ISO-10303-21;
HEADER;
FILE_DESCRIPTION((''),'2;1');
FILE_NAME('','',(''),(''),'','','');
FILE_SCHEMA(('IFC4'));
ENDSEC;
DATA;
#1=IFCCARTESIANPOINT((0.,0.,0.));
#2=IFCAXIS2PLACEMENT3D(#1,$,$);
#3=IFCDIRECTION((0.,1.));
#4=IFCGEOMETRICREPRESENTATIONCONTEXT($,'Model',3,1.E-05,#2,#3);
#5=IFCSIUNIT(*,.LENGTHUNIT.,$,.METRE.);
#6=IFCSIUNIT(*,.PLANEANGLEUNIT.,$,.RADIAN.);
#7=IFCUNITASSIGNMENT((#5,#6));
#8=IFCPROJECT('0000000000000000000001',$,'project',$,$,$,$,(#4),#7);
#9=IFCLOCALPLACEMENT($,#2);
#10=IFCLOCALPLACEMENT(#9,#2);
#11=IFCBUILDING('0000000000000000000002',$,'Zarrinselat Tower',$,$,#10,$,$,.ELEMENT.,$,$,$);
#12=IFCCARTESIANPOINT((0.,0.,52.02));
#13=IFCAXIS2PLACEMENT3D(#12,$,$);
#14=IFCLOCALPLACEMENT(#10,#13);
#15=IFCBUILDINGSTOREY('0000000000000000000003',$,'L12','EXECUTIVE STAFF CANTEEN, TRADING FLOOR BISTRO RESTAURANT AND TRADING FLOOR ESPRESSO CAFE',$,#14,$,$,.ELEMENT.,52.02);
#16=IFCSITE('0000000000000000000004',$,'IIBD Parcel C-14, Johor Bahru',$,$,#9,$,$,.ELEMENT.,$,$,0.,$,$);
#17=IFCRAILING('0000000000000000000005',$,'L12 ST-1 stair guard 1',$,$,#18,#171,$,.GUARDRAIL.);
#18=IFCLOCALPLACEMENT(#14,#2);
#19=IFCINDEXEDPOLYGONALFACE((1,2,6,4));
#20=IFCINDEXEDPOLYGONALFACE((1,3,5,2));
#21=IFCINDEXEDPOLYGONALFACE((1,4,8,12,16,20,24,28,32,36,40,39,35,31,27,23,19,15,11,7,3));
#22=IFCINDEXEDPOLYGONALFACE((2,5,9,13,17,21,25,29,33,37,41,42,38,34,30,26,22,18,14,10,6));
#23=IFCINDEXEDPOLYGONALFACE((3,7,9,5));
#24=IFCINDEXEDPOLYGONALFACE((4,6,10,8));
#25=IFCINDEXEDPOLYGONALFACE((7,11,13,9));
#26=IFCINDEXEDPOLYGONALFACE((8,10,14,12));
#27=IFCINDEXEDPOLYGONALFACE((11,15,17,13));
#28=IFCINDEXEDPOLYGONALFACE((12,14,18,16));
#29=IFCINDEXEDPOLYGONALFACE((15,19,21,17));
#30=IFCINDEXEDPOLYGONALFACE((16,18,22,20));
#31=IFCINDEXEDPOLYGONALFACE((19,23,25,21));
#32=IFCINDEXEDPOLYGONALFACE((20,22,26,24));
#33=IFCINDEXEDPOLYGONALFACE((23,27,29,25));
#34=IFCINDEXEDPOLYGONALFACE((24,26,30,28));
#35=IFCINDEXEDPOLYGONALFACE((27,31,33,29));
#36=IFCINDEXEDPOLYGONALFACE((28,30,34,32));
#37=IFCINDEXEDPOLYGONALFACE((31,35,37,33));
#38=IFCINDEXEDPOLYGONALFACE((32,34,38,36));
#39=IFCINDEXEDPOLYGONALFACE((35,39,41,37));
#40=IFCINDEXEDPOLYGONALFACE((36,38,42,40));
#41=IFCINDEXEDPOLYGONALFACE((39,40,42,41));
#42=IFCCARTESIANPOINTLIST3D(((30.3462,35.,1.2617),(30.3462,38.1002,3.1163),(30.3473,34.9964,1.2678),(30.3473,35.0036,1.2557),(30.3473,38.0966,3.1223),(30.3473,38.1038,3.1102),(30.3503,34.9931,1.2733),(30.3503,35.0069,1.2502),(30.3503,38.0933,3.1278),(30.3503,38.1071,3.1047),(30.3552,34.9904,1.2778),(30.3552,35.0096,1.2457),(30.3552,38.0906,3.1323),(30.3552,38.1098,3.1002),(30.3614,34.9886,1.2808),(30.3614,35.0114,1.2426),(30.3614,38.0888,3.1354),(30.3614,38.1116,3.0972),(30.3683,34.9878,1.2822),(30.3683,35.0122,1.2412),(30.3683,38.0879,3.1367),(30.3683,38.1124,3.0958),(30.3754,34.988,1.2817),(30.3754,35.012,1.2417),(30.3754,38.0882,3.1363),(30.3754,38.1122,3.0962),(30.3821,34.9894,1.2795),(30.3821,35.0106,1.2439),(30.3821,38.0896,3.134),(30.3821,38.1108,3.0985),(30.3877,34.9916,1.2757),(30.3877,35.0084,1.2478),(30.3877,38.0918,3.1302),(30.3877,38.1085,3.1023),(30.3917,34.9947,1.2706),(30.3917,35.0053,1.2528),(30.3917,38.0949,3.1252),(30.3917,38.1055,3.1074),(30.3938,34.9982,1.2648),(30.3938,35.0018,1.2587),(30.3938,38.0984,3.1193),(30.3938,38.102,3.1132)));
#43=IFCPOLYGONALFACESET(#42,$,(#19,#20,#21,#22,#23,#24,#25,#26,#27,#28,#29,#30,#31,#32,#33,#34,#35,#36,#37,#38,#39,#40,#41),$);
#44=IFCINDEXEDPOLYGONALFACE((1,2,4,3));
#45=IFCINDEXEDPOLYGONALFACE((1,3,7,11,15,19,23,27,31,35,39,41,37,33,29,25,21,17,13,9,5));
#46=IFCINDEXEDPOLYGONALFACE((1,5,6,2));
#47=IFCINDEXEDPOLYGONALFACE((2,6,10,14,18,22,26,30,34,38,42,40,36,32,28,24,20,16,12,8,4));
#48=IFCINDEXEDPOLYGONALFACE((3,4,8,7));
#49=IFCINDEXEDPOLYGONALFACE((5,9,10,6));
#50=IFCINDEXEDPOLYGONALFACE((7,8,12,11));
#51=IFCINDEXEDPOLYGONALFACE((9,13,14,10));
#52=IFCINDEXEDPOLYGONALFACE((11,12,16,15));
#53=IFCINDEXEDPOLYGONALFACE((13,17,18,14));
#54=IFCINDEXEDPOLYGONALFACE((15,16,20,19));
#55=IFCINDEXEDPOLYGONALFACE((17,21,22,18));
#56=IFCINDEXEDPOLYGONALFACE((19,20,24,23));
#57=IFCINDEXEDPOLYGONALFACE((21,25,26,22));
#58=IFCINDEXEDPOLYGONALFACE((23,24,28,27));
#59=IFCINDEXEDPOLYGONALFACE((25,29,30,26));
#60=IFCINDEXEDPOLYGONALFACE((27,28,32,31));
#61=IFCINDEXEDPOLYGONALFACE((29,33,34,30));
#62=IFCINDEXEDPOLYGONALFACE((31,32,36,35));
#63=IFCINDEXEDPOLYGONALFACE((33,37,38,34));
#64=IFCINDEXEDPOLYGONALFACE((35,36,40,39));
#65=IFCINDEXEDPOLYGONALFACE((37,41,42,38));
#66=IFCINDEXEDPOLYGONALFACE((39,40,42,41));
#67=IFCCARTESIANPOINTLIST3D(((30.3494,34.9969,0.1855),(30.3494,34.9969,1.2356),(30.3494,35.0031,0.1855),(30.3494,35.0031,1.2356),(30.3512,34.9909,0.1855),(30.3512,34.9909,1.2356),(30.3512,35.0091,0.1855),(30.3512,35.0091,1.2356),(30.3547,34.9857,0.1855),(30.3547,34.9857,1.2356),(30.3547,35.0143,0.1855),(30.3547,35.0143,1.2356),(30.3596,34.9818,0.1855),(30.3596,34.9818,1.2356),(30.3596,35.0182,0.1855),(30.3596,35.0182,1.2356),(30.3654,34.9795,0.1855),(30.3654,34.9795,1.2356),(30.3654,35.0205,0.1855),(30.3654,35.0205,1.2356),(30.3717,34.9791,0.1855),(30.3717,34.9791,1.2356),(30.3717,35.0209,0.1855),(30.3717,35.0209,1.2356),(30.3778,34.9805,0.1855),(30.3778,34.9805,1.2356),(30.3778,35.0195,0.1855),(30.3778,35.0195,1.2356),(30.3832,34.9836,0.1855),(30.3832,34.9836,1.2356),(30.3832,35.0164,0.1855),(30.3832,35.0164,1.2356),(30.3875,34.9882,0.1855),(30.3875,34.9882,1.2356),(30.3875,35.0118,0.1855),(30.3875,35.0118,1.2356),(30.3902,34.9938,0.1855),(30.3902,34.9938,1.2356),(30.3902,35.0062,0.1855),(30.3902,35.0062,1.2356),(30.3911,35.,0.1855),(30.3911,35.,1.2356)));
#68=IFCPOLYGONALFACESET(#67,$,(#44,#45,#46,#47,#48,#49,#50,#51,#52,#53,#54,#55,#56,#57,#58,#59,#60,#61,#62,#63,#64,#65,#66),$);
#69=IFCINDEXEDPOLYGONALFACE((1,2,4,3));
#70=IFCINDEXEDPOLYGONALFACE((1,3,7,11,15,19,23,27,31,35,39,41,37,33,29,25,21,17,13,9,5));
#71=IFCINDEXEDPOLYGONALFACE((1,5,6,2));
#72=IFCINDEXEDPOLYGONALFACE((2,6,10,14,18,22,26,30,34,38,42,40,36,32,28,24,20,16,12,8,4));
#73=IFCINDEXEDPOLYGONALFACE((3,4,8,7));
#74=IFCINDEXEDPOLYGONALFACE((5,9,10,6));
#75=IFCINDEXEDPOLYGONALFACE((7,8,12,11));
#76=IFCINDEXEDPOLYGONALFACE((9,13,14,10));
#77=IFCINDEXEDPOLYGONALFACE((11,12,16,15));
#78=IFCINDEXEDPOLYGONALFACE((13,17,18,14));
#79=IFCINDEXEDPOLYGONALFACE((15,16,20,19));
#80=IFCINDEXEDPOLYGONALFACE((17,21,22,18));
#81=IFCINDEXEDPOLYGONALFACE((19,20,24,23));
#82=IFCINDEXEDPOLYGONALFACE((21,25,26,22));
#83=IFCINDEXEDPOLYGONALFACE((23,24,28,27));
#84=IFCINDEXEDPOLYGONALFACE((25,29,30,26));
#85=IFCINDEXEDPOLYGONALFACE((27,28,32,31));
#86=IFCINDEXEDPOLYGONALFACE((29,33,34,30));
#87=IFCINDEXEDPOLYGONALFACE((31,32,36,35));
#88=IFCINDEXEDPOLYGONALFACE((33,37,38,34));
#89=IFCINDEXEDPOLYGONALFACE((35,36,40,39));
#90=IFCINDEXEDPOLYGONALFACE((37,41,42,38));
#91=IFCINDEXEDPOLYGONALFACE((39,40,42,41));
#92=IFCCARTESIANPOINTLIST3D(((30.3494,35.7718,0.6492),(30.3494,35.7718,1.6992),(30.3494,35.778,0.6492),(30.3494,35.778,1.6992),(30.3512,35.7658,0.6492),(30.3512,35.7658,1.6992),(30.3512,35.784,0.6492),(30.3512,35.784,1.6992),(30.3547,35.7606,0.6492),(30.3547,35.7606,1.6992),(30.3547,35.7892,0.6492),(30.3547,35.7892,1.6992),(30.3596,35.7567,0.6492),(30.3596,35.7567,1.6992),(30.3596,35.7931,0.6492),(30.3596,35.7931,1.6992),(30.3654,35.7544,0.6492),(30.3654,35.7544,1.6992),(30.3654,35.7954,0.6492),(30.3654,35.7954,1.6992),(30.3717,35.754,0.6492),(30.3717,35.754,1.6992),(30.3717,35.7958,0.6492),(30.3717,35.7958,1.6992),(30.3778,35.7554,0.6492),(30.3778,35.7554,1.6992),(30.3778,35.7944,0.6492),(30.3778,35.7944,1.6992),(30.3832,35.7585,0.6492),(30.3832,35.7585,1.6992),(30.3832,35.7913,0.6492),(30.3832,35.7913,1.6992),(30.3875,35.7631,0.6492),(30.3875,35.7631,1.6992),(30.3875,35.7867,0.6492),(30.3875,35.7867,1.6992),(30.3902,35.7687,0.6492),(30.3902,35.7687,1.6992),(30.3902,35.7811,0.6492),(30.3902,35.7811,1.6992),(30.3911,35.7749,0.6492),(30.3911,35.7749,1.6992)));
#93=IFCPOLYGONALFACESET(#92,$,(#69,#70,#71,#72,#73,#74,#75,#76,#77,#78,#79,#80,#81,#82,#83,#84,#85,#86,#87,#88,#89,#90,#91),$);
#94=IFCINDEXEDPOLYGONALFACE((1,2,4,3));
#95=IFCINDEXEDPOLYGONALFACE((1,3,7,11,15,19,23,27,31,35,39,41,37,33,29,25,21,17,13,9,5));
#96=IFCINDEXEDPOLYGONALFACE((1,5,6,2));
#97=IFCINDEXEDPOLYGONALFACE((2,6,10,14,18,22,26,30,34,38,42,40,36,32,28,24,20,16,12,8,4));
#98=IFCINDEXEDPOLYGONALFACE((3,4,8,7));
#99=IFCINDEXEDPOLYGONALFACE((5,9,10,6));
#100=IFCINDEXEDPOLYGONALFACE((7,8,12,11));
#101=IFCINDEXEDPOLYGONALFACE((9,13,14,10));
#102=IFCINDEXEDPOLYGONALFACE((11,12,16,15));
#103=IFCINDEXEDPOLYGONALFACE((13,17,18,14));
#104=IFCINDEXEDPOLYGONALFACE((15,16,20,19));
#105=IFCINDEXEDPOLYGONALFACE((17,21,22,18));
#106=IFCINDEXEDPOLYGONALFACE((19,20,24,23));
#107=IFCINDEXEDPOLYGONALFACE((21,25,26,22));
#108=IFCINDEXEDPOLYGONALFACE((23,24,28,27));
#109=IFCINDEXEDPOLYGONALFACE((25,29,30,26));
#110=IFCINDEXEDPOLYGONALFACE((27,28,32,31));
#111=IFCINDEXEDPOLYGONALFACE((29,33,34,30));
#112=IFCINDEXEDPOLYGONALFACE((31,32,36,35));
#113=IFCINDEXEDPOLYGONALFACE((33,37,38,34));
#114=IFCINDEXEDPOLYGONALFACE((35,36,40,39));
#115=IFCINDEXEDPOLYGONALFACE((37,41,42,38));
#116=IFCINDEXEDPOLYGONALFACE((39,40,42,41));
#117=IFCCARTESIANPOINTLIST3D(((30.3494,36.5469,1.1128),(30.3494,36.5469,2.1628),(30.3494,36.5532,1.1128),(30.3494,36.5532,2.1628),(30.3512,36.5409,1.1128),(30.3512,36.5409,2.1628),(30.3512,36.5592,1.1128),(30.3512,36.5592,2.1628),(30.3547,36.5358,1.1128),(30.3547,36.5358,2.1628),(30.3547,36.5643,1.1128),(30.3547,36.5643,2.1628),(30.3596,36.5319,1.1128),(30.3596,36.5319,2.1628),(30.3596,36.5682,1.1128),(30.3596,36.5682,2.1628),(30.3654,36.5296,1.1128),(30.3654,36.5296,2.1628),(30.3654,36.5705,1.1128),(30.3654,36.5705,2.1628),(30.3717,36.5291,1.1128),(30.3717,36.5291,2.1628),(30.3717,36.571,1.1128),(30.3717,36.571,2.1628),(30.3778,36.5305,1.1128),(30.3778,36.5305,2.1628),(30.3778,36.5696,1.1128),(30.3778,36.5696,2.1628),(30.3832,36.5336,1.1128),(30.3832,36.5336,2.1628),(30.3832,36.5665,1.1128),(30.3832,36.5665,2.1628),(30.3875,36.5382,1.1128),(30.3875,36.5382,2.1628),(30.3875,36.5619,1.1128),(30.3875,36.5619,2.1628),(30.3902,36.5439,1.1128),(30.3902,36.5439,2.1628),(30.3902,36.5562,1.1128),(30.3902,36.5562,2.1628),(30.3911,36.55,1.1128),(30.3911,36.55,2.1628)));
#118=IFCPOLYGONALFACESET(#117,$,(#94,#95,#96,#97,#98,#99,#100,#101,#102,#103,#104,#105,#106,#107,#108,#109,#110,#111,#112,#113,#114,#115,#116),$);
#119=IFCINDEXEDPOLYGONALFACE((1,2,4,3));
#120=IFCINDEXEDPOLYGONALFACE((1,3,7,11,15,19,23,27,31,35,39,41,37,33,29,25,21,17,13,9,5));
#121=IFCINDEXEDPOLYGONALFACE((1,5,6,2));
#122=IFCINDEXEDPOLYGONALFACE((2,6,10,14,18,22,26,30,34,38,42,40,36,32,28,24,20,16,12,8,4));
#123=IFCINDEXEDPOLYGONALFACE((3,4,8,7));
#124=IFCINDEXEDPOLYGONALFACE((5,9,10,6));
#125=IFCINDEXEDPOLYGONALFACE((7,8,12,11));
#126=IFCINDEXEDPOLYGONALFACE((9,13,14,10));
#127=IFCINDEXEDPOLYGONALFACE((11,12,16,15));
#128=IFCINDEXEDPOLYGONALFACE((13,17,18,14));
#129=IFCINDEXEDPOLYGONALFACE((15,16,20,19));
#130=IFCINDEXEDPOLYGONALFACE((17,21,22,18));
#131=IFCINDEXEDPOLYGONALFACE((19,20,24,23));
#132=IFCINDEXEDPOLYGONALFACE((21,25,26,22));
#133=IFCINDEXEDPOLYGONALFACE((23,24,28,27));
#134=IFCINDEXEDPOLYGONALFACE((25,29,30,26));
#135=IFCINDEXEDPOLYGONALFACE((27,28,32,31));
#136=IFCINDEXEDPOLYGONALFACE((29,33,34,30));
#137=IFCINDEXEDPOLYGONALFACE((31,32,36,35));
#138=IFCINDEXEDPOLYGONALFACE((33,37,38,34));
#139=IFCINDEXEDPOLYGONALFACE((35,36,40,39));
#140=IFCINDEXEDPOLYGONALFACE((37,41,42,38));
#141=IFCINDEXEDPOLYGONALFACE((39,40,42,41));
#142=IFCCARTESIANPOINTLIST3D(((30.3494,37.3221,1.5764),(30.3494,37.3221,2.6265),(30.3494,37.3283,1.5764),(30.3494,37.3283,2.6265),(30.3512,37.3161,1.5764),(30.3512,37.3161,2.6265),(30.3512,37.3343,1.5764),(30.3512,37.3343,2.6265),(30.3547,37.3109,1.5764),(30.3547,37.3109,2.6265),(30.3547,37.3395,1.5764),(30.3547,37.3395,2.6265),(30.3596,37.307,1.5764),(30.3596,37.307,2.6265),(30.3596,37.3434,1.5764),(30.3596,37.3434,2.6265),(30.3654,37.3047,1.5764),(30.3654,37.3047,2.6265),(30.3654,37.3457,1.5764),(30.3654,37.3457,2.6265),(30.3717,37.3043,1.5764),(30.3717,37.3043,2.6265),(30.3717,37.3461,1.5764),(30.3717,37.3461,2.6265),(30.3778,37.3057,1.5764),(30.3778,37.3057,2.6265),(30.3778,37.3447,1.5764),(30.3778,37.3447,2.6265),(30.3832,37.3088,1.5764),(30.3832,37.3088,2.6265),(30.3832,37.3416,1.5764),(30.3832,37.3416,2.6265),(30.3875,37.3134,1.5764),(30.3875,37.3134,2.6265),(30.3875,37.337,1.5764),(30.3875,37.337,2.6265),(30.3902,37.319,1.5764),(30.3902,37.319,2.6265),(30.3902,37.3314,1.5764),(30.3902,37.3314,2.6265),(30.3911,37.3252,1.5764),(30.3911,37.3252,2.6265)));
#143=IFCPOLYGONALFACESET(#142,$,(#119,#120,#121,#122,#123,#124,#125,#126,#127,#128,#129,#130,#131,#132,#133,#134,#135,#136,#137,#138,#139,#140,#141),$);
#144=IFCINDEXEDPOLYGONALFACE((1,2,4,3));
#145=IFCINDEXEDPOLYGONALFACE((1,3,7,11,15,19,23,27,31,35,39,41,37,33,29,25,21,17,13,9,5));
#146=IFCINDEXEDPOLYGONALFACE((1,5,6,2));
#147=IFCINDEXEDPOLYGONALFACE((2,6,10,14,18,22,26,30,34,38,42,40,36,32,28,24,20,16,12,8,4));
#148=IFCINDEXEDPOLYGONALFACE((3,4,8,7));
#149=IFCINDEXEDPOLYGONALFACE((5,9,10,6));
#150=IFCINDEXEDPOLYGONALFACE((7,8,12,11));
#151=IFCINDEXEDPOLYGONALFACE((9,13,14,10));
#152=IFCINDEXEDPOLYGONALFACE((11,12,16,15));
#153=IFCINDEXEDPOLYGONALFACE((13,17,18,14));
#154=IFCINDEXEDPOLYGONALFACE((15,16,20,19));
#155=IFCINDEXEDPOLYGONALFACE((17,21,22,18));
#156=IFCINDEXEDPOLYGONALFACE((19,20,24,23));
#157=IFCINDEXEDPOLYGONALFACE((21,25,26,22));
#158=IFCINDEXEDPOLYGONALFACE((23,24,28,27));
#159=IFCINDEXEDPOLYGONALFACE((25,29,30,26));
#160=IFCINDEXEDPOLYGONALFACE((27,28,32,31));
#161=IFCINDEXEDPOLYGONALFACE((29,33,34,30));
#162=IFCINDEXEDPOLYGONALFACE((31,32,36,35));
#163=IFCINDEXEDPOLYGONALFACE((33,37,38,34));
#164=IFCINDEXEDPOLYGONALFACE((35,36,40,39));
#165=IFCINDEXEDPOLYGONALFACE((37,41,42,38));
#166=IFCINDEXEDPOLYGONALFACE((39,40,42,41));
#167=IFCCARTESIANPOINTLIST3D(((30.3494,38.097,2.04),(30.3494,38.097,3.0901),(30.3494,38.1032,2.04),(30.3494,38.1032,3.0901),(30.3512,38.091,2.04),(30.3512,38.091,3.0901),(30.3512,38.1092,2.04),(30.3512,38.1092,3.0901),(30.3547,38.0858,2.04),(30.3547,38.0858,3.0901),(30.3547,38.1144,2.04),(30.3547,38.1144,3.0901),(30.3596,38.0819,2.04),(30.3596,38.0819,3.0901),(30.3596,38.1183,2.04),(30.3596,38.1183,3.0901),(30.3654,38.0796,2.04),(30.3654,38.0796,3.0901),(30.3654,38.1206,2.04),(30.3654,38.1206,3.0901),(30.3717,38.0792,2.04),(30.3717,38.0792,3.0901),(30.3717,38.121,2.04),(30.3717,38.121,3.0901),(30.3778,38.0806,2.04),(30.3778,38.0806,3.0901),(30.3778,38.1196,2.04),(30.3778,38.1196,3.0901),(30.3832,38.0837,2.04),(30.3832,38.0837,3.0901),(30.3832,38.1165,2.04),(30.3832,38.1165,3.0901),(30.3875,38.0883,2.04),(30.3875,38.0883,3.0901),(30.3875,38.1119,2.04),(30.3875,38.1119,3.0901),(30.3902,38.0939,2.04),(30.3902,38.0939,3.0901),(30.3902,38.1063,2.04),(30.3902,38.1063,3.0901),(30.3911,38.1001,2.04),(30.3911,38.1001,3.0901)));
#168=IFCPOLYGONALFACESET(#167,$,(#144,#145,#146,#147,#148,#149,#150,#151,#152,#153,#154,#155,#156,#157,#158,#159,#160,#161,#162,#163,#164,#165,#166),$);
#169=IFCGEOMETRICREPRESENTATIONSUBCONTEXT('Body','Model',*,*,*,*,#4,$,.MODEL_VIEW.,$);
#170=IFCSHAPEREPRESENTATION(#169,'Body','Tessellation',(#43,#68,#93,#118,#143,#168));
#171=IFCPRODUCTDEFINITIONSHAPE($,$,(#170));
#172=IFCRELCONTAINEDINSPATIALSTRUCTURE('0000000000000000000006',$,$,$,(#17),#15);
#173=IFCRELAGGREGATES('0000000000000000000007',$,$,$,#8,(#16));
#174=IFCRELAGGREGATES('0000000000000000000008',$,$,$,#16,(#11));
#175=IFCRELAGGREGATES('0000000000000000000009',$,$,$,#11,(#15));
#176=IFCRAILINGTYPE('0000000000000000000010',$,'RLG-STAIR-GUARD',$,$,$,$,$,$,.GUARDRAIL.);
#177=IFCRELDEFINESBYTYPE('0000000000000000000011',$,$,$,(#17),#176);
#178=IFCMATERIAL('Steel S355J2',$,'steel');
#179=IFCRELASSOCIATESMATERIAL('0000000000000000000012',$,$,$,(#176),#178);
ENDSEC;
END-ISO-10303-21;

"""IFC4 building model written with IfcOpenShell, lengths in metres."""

from ifc_helpers import new_model, si_unit, direction, frame, origin, origin_2d, place, context, subcontext, project, spatial, circle, extrude, material, type_object, element, save


model = new_model("IFC4")

# Units and contexts
model_context = context("Model", 3, precision=1e-05, world=origin(), true_north=direction((0.0, 1.0)))
body_context = subcontext(model_context, "Body", "Model", "MODEL_VIEW")
ifc_project = project(units=[si_unit("LENGTHUNIT", "METRE"), si_unit("PLANEANGLEUNIT", "RADIAN")], contexts=[model_context])

# Site, building, storey
site_placement = place(None, origin())
site = spatial("IfcSite", under=ifc_project, at=site_placement, Name="IIBD Parcel C-14, Johor Bahru", CompositionType="ELEMENT", RefElevation=0.0)
building_placement = place(site_placement, origin())
building = spatial("IfcBuilding", under=site, at=building_placement, Name="Zarrinselat Tower", CompositionType="ELEMENT")
storey_placement = place(building_placement, frame((0.0, 0.0, 52.02)))
storey = spatial("IfcBuildingStorey", under=building, at=storey_placement, Name="L12", Description="EXECUTIVE STAFF CANTEEN, TRADING FLOOR BISTRO RESTAURANT AND TRADING FLOOR ESPRESSO CAFE", CompositionType="ELEMENT", Elevation=52.02)

# Railing
ifc_material_1 = material(Name="Steel S355J2", Category="steel")
railing_type_1 = type_object("IfcRailingType", Name="RLG-STAIR-GUARD", PredefinedType="GUARDRAIL", material=ifc_material_1)
railing_1_placement = place(storey_placement, frame((30.3701, 35.0, 0.1855)))
element("IfcRailing", 1, at=railing_1_placement, inside=storey, type_object=railing_type_1, Name="L12 ST-1 stair guard 1", PredefinedType="GUARDRAIL", context=body_context, shape_type="SweptSolid", body=[
    extrude(circle(Radius=0.0239, at=origin_2d()), frame((0.0, 0.0, 1.0762), z_axis=(0.0, 0.858172, 0.513362), x_axis=(-1.0, 0.0, 0.0)), (0.0, 0.0, 1.0), 3.6125),
    extrude(circle(Radius=0.021, at=origin_2d()), origin(), (0.0, 0.0, 1.0), 1.05),
    extrude(circle(Radius=0.021, at=origin_2d()), frame((0.0, 0.7749, 0.4636)), (0.0, 0.0, 1.0), 1.05),
    extrude(circle(Radius=0.021, at=origin_2d()), frame((0.0, 1.55, 0.9272)), (0.0, 0.0, 1.0), 1.05),
    extrude(circle(Radius=0.021, at=origin_2d()), frame((0.0, 2.3252, 1.3909)), (0.0, 0.0, 1.0), 1.05),
    extrude(circle(Radius=0.021, at=origin_2d()), frame((0.0, 3.1001, 1.8545)), (0.0, 0.0, 1.0), 1.05),
])

save(model, "model.ifc")
